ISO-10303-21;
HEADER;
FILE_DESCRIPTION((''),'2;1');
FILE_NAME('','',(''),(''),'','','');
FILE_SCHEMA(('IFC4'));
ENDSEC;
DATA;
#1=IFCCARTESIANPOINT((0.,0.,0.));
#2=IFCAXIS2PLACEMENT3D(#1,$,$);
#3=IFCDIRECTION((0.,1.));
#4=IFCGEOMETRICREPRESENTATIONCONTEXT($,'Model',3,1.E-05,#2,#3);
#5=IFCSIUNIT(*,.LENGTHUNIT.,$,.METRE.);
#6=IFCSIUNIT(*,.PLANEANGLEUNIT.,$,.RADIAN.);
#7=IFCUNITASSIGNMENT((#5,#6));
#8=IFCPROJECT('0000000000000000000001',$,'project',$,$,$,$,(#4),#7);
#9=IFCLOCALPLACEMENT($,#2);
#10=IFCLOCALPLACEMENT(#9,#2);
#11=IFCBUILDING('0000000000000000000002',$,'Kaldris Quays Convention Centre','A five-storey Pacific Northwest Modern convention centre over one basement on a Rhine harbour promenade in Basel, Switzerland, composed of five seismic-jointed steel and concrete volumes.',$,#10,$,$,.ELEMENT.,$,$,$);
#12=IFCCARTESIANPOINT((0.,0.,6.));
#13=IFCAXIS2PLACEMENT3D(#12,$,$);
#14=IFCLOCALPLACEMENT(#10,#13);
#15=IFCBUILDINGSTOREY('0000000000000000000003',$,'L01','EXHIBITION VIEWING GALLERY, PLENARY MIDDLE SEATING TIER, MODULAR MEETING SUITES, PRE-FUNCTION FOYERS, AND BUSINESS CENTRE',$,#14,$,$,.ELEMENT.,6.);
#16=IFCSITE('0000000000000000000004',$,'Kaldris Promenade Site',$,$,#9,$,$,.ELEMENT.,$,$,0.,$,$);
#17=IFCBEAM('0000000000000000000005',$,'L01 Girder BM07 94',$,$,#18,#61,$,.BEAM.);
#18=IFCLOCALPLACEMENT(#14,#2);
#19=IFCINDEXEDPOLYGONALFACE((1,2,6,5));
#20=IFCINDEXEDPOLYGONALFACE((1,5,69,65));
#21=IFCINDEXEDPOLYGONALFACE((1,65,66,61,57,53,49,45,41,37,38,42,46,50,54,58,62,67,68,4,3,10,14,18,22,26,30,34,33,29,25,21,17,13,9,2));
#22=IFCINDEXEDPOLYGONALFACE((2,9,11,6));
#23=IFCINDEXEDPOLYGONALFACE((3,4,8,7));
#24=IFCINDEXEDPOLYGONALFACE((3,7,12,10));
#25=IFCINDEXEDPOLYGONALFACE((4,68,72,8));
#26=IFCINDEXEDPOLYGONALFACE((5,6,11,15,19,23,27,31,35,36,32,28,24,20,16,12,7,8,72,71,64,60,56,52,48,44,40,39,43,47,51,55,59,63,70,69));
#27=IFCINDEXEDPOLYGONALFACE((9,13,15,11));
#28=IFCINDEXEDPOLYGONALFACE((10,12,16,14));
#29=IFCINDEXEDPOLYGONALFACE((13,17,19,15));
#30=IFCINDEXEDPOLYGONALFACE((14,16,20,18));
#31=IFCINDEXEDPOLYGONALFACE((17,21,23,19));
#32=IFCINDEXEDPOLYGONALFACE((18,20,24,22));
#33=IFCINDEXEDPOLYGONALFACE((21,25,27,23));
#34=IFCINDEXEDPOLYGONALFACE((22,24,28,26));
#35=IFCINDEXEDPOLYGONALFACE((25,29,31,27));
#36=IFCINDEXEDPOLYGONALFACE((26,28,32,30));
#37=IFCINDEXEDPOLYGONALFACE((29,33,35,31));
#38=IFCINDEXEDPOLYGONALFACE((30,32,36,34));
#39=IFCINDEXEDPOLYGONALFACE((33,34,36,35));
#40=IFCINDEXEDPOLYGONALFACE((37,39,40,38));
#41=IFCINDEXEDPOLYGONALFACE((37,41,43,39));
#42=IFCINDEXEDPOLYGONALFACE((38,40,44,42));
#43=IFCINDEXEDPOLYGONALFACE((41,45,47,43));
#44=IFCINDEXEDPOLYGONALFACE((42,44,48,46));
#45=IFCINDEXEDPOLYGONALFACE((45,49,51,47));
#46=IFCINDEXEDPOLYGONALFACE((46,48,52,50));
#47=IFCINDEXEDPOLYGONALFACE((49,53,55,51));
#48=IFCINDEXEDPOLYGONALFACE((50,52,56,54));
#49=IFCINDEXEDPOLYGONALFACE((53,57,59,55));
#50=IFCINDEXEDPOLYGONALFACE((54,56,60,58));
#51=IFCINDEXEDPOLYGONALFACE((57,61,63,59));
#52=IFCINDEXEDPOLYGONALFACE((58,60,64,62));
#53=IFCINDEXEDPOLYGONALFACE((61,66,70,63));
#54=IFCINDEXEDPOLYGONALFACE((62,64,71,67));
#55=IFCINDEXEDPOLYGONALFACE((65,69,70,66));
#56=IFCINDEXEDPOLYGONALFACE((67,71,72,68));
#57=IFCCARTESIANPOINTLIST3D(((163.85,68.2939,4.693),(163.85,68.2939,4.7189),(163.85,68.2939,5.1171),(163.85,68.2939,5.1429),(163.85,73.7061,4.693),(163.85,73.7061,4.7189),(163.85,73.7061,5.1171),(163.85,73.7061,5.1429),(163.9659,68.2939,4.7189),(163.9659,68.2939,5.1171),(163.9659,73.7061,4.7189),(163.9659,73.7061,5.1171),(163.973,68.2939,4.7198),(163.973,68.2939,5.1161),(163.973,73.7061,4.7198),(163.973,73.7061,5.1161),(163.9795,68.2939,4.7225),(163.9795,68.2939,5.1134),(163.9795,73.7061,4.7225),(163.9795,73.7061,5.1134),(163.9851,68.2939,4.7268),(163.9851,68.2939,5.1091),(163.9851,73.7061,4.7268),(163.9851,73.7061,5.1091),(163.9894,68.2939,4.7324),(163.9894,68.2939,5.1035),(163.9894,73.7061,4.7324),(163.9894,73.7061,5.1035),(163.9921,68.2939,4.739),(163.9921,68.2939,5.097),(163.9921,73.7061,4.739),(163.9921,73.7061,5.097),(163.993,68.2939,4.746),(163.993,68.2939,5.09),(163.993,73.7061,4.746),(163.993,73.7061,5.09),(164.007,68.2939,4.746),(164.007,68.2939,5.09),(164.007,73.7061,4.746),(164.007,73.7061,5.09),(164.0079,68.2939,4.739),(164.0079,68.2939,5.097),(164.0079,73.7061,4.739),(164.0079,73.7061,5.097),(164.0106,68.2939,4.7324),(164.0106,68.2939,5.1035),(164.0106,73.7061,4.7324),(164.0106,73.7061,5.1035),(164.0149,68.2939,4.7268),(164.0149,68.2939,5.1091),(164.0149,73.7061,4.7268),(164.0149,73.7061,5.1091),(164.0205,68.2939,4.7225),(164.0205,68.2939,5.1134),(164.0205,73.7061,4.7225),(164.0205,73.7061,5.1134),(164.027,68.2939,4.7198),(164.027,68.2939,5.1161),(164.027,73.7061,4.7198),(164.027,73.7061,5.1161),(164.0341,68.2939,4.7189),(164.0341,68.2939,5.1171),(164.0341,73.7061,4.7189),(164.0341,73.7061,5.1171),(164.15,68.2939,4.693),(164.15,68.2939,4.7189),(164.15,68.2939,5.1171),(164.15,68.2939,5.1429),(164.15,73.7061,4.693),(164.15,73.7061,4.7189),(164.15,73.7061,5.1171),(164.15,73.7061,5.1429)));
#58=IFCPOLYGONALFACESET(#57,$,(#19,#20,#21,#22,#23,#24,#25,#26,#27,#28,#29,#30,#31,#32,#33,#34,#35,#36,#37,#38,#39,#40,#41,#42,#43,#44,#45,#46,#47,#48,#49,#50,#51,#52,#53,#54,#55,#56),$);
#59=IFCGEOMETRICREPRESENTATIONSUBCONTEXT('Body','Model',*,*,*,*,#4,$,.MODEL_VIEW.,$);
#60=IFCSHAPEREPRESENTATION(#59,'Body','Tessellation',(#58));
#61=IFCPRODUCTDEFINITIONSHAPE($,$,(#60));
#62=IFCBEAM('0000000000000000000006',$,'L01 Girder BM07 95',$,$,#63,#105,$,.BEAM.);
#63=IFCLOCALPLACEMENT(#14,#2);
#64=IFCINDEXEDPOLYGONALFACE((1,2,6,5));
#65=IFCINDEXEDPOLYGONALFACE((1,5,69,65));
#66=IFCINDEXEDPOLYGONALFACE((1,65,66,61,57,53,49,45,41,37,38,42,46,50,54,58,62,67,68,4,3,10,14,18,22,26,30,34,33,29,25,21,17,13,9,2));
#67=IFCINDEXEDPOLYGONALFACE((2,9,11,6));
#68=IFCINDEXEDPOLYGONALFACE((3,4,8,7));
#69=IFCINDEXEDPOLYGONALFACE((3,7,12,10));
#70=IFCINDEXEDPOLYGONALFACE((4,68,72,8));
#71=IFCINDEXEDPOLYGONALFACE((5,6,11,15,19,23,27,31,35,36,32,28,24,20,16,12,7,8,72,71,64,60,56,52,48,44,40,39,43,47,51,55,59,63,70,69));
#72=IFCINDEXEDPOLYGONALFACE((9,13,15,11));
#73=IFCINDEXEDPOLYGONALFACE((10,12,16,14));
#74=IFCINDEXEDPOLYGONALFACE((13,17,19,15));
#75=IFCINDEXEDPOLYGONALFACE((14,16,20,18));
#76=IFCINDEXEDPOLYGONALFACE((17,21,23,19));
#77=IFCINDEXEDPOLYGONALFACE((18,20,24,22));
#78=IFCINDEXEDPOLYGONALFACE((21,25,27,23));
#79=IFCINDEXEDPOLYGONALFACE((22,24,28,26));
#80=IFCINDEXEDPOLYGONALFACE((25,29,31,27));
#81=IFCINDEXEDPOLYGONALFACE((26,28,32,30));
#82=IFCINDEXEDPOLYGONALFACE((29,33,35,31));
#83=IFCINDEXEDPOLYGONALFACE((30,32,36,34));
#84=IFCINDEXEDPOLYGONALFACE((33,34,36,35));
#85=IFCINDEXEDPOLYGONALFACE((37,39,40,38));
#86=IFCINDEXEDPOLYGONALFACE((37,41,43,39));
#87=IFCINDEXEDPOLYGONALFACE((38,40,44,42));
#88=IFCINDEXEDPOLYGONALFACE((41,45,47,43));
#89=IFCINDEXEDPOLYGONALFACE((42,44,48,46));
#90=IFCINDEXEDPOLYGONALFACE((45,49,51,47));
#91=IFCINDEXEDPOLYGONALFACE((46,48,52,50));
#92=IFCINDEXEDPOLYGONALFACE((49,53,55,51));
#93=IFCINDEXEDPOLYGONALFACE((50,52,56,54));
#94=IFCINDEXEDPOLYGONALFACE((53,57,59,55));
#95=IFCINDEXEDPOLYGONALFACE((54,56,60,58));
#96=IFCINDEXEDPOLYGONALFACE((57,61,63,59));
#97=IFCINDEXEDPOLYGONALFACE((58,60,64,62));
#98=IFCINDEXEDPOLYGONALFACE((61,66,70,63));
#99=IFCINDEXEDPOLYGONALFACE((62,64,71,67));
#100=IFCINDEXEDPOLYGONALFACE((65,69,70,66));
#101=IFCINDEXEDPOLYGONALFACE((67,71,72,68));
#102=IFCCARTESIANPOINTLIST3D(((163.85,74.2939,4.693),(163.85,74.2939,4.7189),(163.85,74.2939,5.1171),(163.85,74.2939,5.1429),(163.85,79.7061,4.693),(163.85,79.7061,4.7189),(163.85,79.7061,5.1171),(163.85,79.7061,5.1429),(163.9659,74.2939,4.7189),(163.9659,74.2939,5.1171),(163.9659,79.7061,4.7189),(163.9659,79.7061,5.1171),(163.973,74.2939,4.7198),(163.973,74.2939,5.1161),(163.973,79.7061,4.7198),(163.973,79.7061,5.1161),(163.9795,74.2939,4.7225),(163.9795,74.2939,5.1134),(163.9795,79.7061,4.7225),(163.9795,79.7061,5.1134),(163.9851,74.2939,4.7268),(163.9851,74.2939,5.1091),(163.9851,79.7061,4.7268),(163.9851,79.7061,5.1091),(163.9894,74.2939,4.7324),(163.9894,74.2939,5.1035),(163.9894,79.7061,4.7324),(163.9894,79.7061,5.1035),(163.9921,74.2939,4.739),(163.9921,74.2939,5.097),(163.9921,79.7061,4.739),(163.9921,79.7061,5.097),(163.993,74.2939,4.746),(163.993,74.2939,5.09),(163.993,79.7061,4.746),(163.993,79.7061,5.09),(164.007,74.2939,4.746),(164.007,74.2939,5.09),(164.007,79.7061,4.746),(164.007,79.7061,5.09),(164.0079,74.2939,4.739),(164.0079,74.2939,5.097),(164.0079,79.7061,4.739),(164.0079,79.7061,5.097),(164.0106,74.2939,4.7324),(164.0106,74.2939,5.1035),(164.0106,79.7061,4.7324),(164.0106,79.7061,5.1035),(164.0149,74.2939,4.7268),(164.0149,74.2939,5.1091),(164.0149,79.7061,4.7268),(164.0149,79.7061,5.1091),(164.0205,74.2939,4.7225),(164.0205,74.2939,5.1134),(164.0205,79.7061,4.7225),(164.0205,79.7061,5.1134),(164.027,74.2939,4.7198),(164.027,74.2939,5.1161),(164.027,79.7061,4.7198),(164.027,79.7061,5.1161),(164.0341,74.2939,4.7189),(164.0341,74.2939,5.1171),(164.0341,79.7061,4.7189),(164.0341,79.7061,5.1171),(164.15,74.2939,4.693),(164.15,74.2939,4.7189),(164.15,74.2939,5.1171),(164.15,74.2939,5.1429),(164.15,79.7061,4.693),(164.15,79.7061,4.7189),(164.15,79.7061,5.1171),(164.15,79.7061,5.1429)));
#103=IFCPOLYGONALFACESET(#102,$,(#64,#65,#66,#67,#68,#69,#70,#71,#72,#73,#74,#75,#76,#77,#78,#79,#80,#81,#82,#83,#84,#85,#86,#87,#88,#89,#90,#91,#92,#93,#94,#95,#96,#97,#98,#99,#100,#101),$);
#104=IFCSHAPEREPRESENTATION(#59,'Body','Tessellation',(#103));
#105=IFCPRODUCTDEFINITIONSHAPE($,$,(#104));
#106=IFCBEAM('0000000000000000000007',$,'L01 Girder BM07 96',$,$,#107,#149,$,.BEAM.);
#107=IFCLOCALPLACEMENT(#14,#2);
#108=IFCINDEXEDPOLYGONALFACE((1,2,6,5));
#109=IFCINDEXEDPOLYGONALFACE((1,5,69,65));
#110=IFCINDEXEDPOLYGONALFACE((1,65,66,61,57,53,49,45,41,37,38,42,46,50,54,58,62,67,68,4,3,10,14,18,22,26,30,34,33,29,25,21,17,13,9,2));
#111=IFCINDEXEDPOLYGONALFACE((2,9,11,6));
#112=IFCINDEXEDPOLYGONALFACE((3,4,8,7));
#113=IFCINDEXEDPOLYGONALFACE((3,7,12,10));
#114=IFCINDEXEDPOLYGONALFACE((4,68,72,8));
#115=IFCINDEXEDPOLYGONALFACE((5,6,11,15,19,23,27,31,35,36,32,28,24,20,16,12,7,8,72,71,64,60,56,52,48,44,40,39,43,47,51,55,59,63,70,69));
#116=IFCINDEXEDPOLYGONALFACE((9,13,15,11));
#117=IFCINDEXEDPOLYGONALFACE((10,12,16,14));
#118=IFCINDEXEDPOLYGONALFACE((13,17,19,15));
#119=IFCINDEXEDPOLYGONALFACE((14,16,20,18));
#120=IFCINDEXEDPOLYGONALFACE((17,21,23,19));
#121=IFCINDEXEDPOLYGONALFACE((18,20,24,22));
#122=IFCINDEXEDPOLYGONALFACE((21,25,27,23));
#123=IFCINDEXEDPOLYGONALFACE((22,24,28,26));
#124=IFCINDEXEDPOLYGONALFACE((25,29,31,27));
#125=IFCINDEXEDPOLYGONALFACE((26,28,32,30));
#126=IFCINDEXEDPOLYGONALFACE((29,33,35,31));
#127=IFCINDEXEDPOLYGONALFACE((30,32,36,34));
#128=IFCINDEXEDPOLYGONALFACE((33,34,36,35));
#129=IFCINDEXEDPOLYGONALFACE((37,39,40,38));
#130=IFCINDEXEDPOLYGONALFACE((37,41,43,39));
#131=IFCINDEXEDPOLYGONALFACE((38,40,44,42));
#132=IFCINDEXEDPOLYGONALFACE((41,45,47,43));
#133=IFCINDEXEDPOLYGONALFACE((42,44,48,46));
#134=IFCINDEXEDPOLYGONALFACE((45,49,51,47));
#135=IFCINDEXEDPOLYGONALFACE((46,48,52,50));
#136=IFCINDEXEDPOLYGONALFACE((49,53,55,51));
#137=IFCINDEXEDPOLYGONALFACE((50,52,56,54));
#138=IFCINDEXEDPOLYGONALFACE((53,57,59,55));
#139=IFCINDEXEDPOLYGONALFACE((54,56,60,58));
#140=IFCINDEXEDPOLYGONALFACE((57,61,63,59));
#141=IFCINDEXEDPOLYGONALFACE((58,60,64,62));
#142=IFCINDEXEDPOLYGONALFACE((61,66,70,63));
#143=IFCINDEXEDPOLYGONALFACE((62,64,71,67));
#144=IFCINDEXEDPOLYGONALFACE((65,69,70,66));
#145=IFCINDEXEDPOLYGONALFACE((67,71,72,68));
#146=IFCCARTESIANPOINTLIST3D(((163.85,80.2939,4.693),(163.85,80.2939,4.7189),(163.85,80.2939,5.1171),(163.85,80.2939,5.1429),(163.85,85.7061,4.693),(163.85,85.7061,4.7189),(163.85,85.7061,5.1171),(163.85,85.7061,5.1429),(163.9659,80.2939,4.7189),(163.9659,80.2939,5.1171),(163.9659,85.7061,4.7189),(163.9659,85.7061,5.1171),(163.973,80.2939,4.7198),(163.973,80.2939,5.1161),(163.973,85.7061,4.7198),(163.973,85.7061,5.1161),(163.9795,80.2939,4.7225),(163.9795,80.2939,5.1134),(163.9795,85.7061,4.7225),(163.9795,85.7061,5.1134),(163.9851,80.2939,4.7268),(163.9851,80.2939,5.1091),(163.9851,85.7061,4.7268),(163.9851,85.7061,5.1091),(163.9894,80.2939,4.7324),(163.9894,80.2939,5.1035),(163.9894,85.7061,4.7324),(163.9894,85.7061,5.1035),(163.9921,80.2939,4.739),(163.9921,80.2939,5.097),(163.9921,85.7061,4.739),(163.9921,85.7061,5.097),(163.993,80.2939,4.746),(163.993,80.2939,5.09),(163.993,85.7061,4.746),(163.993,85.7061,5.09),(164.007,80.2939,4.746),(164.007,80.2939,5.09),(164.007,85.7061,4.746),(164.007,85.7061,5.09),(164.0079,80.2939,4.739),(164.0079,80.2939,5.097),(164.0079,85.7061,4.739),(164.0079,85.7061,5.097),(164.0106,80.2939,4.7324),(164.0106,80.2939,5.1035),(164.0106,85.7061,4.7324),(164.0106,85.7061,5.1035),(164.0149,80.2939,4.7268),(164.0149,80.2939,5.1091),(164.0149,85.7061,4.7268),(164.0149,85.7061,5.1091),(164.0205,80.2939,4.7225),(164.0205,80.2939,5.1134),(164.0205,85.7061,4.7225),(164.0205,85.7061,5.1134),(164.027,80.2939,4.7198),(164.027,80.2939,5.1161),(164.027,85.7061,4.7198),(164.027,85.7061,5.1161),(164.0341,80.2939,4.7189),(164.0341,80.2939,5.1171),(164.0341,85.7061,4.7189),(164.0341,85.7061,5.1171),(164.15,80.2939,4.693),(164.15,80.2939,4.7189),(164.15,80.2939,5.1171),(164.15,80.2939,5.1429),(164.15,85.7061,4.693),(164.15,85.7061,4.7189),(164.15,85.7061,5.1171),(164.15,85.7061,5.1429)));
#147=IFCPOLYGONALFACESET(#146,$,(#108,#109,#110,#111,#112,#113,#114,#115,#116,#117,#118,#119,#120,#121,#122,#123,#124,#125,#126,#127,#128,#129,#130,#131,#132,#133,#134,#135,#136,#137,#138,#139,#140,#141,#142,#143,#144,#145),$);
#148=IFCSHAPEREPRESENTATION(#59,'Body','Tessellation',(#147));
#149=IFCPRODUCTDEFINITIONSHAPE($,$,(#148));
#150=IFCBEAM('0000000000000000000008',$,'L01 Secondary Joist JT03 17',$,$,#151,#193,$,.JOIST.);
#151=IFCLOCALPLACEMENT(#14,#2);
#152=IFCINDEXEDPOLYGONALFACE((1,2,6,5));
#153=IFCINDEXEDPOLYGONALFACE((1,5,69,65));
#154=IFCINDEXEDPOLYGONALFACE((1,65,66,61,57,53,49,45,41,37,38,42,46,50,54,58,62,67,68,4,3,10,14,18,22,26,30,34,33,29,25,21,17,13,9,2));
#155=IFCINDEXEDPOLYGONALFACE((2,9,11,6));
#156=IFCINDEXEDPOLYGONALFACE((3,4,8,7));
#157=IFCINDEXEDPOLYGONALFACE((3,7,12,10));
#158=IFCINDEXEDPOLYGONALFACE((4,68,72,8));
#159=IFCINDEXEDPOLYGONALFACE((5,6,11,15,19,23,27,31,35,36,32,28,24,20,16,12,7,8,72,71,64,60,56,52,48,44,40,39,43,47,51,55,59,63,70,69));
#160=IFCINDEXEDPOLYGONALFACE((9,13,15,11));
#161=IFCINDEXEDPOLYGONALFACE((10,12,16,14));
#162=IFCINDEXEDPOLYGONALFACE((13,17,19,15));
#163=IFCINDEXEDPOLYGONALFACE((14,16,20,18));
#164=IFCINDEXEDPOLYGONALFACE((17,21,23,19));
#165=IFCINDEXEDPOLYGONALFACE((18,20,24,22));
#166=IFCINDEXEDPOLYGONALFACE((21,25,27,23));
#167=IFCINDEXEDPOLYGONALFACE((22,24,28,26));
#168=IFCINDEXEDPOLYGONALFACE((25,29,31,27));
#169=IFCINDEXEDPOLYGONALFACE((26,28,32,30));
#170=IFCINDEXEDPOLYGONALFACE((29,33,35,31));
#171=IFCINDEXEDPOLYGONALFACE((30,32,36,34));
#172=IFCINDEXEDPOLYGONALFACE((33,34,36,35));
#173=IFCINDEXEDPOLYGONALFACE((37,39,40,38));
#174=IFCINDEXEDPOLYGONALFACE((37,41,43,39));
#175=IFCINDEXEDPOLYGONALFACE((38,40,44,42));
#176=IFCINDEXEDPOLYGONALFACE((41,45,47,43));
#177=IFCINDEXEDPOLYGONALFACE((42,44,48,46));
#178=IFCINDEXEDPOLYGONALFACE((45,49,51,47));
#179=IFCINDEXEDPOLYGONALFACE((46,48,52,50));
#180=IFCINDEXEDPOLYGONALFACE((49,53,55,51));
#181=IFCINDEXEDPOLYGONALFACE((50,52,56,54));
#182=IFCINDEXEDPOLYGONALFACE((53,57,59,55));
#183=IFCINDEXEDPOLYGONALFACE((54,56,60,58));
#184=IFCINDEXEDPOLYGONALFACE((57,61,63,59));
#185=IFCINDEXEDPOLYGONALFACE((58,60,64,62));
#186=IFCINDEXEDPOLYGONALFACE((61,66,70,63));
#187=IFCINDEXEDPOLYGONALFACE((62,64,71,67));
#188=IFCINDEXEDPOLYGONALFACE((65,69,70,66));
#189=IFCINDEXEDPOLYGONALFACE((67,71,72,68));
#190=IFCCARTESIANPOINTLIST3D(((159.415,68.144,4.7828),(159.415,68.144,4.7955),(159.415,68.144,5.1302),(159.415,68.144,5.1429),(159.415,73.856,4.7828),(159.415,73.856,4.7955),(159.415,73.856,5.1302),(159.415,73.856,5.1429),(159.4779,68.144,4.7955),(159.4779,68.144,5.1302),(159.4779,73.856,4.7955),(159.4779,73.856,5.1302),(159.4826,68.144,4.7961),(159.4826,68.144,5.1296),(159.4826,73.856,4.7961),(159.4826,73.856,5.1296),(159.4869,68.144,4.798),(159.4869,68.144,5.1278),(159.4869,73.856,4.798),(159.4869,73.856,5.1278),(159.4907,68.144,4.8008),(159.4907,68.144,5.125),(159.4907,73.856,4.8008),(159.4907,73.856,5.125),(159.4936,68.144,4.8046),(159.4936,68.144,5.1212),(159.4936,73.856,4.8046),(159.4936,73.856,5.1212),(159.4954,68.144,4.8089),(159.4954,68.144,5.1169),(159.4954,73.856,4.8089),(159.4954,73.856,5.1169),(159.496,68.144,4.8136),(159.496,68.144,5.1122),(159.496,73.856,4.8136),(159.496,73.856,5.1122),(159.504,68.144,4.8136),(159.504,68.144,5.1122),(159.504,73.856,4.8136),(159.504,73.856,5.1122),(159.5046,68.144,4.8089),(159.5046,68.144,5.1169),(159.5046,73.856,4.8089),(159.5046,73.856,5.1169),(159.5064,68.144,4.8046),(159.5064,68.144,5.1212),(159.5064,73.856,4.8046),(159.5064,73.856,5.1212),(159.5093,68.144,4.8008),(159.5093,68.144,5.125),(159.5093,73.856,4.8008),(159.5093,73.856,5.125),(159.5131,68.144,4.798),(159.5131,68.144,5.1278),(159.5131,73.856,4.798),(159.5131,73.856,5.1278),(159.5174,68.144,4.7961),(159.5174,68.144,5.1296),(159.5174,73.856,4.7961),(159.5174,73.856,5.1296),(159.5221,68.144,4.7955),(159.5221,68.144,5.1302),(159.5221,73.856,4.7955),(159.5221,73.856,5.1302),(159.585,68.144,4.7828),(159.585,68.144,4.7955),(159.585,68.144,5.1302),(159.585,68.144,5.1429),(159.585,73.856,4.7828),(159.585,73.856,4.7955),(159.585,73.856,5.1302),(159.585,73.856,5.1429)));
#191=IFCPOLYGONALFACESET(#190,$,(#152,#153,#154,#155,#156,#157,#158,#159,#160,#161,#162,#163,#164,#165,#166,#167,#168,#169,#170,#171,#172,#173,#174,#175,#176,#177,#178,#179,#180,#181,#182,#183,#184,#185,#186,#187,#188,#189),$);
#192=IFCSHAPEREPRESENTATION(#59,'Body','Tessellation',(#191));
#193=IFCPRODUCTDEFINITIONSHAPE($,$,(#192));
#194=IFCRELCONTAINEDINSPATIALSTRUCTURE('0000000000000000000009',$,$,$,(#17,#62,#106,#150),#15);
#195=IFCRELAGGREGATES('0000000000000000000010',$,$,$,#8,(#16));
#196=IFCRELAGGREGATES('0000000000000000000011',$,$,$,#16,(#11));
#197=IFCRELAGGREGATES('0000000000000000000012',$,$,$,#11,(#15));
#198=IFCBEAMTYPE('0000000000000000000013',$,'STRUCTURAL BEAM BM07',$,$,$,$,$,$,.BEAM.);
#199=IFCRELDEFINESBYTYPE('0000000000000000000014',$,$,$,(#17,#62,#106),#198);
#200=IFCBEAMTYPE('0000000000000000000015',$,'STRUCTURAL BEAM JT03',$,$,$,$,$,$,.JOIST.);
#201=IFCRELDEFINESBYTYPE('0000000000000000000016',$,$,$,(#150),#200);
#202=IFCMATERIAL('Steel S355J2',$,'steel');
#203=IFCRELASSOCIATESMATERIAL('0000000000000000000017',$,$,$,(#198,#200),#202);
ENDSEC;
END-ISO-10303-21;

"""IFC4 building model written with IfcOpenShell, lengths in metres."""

from ifc_helpers import new_model, si_unit, direction, frame, origin, origin_2d, place, context, subcontext, project, spatial, i_section, extrude, material, material_profile, profile_set, type_object, element, save


model = new_model("IFC4")

# Units and contexts
model_context = context("Model", 3, precision=1e-05, world=origin(), true_north=direction((0.0, 1.0)))
body_context = subcontext(model_context, "Body", "Model", "MODEL_VIEW")
ifc_project = project(units=[si_unit("LENGTHUNIT", "METRE"), si_unit("PLANEANGLEUNIT", "RADIAN")], contexts=[model_context])

# Site, building, storey
site_placement = place(None, origin())
site = spatial("IfcSite", under=ifc_project, at=site_placement, Name="Kaldris Promenade Site", CompositionType="ELEMENT", RefElevation=0.0)
building_placement = place(site_placement, origin())
building = spatial("IfcBuilding", under=site, at=building_placement, Name="Kaldris Quays Convention Centre", Description="A five-storey Pacific Northwest Modern convention centre over one basement on a Rhine harbour promenade in Basel, Switzerland, composed of five seismic-jointed steel and concrete volumes.", CompositionType="ELEMENT")
storey_placement = place(building_placement, frame((0.0, 0.0, 6.0)))
storey = spatial("IfcBuildingStorey", under=building, at=storey_placement, Name="L01", Description="EXHIBITION VIEWING GALLERY, PLENARY MIDDLE SEATING TIER, MODULAR MEETING SUITES, PRE-FUNCTION FOYERS, AND BUSINESS CENTRE", CompositionType="ELEMENT", Elevation=6.0)

# Shared definitions
ifc_material_1 = material(Name="Steel S355J2", Category="steel")

# Beams
ifc_material_profile_1 = material_profile(ifc_material_1, i_section(OverallWidth=0.3, OverallDepth=0.45, WebThickness=0.0139, FlangeThickness=0.0259, FilletRadius=0.0271, at=origin_2d()), Name="HEB 450")
ifc_profile_set_1 = profile_set([ifc_material_profile_1], Name="Steel S355J2")
beam_type_1 = type_object("IfcBeamType", Name="STRUCTURAL BEAM BM07", PredefinedType="BEAM", material=ifc_profile_set_1)
for number, where, z_axis, x_axis, name in (
    (1, (164.0, 68.2939, 4.918), (0.0, 1.0, 0.0), (-1.0, 0.0, 0.0), "L01 Girder BM07 94"),
    (2, (164.0, 74.2939, 4.918), (0.0, 1.0, 0.0), (-1.0, 0.0, 0.0), "L01 Girder BM07 95"),
    (3, (164.0, 80.2939, 4.918), (0.0, 1.0, 0.0), (-1.0, 0.0, 0.0), "L01 Girder BM07 96"),
):
    element("IfcBeam", number, at=place(storey_placement, frame(where, z_axis=z_axis, x_axis=x_axis)), inside=storey, type_object=beam_type_1, Name=name, PredefinedType="BEAM", context=body_context, shape_type="SweptSolid", body=[
        extrude(i_section(OverallWidth=0.3, OverallDepth=0.45, WebThickness=0.0139, FlangeThickness=0.0259, FilletRadius=0.0271, at=origin_2d()), origin(), (0.0, 0.0, 1.0), 5.4121),
    ])
ifc_material_profile_2 = material_profile(ifc_material_1, i_section(OverallWidth=0.1699, OverallDepth=0.3601, WebThickness=0.0081, FlangeThickness=0.0127, FilletRadius=0.0181, at=origin_2d()), Name="IPE 360")
ifc_profile_set_2 = profile_set([ifc_material_profile_2], Name="Steel S355J2")
beam_type_2 = type_object("IfcBeamType", Name="STRUCTURAL BEAM JT03", PredefinedType="JOIST", material=ifc_profile_set_2)
for number, where, z_axis, x_axis, name in (
    (4, (159.5, 68.144, 4.9629), (0.0, 1.0, 0.0), (-1.0, 0.0, 0.0), "L01 Secondary Joist JT03 17"),
):
    element("IfcBeam", number, at=place(storey_placement, frame(where, z_axis=z_axis, x_axis=x_axis)), inside=storey, type_object=beam_type_2, Name=name, PredefinedType="JOIST", context=body_context, shape_type="SweptSolid", body=[
        extrude(i_section(OverallWidth=0.1699, OverallDepth=0.3601, WebThickness=0.0081, FlangeThickness=0.0127, FilletRadius=0.0181, at=origin_2d()), origin(), (0.0, 0.0, 1.0), 5.7119),
    ])

save(model, "model.ifc")
